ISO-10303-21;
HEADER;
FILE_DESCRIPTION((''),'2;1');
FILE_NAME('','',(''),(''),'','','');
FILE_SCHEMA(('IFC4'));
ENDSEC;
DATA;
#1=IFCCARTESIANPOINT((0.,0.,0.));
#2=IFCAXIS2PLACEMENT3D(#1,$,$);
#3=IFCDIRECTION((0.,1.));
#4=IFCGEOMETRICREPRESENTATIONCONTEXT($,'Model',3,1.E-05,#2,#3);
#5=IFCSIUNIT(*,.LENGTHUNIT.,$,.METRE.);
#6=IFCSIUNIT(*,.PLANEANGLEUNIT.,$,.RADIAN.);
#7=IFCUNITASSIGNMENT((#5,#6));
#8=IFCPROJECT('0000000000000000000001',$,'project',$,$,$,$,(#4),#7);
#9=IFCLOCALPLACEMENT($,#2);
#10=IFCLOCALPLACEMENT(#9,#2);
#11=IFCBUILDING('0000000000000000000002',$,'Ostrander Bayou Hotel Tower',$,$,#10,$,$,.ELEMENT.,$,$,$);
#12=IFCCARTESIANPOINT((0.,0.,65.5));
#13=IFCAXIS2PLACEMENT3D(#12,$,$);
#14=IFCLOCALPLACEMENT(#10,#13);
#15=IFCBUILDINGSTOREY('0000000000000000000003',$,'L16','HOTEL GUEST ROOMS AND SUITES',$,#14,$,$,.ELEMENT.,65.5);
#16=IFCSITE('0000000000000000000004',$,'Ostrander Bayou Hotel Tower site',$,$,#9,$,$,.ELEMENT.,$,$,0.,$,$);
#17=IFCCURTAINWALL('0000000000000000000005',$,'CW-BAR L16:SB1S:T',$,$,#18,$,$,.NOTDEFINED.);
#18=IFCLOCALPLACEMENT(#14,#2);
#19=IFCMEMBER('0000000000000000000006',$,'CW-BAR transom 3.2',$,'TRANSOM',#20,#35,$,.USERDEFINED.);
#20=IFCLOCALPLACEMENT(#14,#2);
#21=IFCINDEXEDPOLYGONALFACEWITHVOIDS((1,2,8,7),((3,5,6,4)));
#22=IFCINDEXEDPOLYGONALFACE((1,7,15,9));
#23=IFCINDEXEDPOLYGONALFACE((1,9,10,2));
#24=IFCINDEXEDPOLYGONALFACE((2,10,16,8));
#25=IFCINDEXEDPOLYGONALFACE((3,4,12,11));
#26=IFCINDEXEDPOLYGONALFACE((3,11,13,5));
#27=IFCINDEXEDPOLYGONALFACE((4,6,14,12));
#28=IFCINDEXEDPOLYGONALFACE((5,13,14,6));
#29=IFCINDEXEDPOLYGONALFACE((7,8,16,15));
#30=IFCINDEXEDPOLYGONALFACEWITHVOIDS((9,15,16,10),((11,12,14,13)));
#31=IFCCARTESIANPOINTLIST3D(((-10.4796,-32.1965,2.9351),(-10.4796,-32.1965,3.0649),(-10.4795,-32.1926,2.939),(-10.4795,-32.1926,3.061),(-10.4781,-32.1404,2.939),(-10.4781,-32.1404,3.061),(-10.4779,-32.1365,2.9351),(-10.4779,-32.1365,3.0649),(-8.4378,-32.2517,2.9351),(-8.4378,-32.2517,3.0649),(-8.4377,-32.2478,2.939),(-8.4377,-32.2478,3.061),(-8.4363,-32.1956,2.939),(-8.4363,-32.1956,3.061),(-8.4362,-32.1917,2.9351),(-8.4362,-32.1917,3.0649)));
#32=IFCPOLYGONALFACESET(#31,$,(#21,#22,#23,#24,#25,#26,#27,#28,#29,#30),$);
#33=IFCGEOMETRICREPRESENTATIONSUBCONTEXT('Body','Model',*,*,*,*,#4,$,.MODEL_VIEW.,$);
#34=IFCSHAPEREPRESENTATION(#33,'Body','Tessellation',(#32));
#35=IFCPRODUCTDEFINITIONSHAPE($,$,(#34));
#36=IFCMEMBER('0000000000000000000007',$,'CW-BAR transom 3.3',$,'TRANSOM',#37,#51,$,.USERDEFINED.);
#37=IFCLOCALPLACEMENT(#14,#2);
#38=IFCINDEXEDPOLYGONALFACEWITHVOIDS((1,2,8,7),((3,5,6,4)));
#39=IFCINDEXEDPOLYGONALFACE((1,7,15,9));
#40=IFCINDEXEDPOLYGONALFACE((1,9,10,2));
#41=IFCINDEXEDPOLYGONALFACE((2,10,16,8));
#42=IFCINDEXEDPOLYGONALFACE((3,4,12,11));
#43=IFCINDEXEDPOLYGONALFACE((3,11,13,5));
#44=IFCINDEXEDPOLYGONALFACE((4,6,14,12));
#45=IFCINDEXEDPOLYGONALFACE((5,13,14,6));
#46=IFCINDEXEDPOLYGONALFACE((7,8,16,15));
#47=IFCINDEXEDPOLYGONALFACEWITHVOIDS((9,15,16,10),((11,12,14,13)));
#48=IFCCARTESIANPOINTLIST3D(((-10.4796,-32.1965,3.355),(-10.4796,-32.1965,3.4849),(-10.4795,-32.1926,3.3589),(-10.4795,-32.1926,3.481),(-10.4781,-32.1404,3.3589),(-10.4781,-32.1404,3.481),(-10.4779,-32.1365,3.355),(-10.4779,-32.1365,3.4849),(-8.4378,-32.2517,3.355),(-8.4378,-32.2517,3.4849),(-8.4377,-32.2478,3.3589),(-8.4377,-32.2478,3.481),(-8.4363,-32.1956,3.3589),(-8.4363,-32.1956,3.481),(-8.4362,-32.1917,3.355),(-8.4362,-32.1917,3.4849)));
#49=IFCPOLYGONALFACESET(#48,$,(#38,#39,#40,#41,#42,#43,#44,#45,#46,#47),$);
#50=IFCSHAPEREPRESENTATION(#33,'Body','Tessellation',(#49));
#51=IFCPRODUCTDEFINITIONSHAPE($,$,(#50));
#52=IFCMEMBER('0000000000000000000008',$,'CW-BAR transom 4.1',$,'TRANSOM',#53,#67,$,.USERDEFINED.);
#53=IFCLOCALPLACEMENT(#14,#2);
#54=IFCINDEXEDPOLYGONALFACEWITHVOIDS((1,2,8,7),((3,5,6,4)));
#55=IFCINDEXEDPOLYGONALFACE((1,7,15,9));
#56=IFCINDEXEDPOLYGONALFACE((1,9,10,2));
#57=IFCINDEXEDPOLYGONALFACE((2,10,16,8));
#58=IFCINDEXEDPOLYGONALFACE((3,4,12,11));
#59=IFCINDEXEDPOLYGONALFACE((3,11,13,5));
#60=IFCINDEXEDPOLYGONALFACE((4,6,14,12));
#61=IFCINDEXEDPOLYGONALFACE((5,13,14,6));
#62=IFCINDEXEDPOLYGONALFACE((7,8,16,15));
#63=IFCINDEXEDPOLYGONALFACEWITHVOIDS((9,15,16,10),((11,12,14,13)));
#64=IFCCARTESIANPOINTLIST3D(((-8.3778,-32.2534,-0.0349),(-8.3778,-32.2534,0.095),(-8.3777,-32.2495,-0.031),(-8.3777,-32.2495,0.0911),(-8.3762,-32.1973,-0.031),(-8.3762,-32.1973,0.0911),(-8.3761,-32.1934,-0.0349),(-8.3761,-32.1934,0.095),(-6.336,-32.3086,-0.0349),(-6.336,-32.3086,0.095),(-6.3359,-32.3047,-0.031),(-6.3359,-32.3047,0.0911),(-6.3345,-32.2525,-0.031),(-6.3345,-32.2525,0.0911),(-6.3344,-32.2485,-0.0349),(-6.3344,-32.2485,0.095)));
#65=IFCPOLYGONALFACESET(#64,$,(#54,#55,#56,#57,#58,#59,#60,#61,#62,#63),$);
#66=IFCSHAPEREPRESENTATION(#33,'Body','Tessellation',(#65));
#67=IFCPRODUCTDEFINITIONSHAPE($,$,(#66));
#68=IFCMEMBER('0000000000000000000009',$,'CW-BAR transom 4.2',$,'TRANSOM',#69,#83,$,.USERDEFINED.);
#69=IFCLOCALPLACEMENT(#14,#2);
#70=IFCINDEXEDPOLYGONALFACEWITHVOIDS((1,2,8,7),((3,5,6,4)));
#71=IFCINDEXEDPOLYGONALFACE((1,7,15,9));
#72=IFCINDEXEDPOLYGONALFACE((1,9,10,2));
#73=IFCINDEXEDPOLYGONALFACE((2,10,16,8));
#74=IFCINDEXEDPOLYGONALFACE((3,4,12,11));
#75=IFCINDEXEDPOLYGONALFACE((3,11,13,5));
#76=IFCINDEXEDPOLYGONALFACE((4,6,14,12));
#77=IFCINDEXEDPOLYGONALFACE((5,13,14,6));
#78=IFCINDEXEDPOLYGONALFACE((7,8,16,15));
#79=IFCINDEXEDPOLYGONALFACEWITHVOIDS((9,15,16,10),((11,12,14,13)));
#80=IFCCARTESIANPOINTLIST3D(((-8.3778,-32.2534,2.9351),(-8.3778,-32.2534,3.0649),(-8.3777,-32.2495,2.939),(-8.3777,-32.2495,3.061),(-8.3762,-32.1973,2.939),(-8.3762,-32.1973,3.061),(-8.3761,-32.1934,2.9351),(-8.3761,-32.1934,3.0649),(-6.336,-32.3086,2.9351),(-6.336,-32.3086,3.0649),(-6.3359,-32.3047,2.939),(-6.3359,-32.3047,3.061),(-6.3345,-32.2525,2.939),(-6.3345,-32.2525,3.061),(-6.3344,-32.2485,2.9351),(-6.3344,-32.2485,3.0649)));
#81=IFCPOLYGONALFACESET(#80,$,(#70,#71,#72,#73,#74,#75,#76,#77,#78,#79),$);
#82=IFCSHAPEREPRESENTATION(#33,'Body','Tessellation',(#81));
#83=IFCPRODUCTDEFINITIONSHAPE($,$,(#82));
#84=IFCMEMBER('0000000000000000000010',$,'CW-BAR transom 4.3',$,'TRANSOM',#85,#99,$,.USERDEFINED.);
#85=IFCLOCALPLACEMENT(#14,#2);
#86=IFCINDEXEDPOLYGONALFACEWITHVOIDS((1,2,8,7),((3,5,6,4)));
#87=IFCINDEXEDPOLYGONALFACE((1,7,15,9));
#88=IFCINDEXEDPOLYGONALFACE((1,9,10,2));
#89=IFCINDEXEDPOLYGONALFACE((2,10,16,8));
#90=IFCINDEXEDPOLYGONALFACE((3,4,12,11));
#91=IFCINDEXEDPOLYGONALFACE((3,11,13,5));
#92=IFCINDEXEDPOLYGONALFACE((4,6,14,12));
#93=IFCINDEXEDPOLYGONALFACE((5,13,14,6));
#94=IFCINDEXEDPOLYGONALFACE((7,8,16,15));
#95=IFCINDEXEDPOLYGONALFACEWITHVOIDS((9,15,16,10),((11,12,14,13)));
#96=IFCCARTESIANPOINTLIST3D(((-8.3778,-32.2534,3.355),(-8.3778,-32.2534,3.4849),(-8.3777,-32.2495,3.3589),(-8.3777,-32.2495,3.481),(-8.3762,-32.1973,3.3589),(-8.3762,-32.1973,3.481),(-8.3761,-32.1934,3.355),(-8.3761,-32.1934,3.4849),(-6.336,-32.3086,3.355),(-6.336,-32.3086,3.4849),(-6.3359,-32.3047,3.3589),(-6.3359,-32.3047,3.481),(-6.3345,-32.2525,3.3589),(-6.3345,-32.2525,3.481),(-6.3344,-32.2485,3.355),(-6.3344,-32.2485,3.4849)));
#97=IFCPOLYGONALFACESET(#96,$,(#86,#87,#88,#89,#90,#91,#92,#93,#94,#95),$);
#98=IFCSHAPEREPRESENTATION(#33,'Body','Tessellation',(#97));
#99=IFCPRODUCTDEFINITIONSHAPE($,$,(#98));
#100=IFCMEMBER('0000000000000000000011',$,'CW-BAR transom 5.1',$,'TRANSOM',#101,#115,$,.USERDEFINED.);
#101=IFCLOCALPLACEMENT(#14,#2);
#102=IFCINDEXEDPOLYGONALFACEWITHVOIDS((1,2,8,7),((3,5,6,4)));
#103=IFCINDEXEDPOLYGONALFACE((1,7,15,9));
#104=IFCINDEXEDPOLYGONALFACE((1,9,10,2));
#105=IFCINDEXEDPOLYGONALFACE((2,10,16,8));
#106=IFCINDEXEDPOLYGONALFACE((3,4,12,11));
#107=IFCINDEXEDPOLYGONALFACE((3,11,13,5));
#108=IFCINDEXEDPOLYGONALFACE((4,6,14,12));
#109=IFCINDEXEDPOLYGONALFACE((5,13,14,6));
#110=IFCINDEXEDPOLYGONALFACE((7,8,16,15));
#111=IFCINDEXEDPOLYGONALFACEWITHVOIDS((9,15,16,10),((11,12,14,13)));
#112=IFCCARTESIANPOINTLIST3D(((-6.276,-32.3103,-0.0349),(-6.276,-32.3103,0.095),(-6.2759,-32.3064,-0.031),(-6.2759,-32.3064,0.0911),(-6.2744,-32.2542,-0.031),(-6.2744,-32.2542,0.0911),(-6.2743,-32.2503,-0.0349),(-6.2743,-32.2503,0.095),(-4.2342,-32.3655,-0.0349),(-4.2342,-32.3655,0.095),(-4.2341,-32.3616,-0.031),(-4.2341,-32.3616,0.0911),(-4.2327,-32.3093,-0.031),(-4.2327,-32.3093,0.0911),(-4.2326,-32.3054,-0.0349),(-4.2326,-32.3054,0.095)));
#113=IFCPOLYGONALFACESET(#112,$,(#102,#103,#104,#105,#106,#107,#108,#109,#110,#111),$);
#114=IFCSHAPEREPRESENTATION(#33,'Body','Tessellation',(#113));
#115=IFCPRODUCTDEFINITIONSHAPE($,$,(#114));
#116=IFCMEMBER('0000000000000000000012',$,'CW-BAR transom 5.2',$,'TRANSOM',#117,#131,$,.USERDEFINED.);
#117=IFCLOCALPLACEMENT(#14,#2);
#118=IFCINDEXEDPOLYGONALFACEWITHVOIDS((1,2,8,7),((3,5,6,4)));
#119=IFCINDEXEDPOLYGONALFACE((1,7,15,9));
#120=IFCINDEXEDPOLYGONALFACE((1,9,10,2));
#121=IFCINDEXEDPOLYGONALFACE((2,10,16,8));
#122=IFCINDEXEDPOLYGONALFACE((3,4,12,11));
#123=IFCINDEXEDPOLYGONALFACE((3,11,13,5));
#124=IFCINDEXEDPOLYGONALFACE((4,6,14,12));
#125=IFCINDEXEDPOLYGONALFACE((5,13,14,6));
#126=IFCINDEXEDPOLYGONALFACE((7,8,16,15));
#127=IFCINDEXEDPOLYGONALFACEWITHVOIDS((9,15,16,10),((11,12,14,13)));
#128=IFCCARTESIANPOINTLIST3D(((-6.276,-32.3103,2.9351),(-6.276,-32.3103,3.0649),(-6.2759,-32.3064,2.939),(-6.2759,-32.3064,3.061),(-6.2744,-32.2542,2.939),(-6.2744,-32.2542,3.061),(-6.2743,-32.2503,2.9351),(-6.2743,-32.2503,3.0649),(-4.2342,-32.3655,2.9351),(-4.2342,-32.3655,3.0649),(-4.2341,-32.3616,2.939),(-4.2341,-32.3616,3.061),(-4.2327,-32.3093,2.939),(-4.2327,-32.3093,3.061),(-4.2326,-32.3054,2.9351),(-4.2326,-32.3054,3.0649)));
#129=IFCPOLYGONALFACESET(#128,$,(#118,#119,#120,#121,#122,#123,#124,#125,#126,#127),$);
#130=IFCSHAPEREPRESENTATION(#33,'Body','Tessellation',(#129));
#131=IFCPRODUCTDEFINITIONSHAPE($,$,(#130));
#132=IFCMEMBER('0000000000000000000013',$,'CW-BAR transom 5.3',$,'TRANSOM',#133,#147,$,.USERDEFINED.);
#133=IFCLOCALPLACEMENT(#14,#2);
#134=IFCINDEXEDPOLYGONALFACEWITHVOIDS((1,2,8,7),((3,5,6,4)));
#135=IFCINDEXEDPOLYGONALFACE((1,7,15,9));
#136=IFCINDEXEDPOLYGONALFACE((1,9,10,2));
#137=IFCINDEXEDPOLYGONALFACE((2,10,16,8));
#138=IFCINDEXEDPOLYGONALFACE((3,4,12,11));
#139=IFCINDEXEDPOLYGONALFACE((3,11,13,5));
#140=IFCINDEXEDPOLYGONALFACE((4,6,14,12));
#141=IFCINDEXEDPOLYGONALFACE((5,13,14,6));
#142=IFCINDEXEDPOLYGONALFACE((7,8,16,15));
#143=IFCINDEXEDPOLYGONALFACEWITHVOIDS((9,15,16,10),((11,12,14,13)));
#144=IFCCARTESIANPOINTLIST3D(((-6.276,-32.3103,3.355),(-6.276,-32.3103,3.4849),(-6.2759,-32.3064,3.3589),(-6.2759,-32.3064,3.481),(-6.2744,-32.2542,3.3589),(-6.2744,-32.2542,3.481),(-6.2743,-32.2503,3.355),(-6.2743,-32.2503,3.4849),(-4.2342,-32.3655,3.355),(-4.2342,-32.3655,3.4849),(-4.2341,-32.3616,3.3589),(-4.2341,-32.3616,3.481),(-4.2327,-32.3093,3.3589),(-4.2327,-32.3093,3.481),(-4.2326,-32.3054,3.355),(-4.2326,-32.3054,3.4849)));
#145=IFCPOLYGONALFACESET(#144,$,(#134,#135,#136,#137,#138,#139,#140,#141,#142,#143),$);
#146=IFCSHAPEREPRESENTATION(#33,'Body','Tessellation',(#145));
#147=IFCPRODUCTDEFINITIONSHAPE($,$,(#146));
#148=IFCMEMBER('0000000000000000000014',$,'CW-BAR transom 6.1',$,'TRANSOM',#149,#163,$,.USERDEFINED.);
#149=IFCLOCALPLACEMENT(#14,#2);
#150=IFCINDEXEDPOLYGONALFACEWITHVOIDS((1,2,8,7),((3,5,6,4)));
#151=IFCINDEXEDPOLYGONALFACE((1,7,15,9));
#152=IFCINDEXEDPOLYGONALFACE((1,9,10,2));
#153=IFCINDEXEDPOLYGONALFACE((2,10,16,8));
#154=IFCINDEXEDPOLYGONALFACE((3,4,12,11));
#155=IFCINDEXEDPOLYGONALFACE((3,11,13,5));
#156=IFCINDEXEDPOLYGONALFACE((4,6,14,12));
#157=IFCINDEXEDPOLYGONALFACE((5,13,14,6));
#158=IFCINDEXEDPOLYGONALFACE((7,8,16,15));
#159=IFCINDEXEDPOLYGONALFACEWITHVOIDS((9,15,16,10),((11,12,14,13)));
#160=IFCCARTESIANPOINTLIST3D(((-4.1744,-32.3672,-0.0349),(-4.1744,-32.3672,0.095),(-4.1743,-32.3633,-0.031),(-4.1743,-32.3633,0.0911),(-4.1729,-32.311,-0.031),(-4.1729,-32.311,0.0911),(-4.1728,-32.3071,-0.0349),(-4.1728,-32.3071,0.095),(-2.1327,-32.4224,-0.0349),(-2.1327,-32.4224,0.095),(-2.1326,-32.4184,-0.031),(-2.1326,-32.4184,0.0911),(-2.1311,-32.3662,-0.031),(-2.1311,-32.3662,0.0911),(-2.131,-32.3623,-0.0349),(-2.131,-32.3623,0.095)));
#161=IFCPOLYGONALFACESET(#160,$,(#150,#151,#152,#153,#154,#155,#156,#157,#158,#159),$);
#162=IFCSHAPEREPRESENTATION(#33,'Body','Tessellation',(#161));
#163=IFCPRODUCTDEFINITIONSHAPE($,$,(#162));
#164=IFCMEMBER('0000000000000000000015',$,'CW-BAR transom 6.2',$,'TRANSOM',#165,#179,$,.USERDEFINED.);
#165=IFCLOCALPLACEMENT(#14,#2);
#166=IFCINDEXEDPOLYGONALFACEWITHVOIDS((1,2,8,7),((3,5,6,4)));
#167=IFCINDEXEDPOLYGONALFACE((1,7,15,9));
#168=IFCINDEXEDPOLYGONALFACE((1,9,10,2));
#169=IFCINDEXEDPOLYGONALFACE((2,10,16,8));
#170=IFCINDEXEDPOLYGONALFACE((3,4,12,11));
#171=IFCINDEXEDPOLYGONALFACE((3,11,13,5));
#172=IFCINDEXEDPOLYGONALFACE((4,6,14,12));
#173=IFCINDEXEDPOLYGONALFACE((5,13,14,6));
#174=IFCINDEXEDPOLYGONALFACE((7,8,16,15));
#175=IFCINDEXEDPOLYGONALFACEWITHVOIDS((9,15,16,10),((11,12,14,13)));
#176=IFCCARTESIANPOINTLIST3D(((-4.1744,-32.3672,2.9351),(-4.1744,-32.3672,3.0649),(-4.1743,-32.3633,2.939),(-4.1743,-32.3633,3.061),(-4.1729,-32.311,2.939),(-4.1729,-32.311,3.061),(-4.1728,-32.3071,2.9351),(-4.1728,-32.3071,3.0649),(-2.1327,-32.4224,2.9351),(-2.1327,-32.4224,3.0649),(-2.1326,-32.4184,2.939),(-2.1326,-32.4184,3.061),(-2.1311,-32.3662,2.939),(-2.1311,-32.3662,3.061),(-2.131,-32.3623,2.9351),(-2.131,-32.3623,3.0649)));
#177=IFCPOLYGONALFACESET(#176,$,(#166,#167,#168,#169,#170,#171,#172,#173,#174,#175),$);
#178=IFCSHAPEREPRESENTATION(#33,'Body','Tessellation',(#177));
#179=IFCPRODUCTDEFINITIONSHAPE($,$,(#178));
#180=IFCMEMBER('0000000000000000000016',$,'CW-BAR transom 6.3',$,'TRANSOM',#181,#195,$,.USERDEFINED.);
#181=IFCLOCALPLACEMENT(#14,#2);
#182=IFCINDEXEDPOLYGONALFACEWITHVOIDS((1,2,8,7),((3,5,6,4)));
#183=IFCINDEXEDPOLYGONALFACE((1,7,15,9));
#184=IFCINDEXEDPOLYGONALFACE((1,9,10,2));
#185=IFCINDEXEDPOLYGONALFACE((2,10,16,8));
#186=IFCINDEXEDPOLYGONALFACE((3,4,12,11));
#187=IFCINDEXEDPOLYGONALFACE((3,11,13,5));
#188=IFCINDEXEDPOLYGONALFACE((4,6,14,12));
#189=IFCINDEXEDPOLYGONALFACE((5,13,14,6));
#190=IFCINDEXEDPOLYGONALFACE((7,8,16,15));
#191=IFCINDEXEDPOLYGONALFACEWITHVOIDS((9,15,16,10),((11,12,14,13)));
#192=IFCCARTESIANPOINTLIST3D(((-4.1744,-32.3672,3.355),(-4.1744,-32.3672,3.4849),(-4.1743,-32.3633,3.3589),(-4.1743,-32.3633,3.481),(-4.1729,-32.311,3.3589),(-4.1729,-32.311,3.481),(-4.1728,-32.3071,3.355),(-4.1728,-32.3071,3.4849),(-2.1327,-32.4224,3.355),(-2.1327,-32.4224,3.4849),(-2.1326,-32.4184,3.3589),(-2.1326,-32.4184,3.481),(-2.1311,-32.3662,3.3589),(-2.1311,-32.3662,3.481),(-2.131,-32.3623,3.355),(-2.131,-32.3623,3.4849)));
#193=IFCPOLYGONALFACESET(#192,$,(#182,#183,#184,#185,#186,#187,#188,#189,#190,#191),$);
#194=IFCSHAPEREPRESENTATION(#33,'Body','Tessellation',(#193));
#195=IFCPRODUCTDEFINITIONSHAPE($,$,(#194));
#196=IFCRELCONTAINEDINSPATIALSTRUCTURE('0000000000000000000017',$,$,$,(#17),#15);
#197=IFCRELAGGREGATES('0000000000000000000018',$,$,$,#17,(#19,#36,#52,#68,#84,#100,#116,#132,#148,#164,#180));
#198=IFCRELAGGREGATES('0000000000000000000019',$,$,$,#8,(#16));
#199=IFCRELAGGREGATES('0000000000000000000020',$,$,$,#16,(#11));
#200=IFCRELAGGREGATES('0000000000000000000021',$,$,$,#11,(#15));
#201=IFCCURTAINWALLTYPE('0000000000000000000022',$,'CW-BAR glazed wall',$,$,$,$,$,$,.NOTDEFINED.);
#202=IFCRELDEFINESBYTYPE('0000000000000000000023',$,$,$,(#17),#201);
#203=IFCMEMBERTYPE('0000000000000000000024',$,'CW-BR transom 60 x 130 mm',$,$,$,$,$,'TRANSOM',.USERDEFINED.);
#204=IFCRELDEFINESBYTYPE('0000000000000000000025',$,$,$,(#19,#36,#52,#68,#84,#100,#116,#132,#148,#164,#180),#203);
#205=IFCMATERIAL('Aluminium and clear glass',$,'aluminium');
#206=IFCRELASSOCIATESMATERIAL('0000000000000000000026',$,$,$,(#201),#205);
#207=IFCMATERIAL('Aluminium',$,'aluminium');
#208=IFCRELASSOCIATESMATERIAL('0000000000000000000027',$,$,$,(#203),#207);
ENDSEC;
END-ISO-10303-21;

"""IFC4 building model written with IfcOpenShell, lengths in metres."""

from ifc_helpers import new_model, si_unit, direction, frame, origin, origin_2d, place, context, subcontext, project, spatial, hollow_rectangle, extrude, material, material_profile, profile_set, type_object, element, aggregate, save


model = new_model("IFC4")

# Units and contexts
model_context = context("Model", 3, precision=1e-05, world=origin(), true_north=direction((0.0, 1.0)))
body_context = subcontext(model_context, "Body", "Model", "MODEL_VIEW")
ifc_project = project(units=[si_unit("LENGTHUNIT", "METRE"), si_unit("PLANEANGLEUNIT", "RADIAN")], contexts=[model_context])

# Site, building, storey
site_placement = place(None, origin())
site = spatial("IfcSite", under=ifc_project, at=site_placement, Name="Ostrander Bayou Hotel Tower site", CompositionType="ELEMENT", RefElevation=0.0)
building_placement = place(site_placement, origin())
building = spatial("IfcBuilding", under=site, at=building_placement, Name="Ostrander Bayou Hotel Tower", CompositionType="ELEMENT")
storey_placement = place(building_placement, frame((0.0, 0.0, 65.5)))
storey = spatial("IfcBuildingStorey", under=building, at=storey_placement, Name="L16", Description="HOTEL GUEST ROOMS AND SUITES", CompositionType="ELEMENT", Elevation=65.5)

# Curtain wall, members
ifc_material_1 = material(Name="Aluminium and clear glass", Category="aluminium")
curtain_wall_type = type_object("IfcCurtainWallType", Name="CW-BAR glazed wall", PredefinedType="NOTDEFINED", material=ifc_material_1)
curtain_wall_placement = place(storey_placement, origin())
curtain_wall = element("IfcCurtainWall", 1, at=curtain_wall_placement, inside=storey, type_object=curtain_wall_type, Name="CW-BAR L16:SB1S:T", PredefinedType="NOTDEFINED")
ifc_material_2 = material(Name="Aluminium", Category="aluminium")
ifc_material_profile_1 = material_profile(ifc_material_2, hollow_rectangle(XDim=0.0601, YDim=0.1299, WallThickness=0.0039, at=origin_2d()))
ifc_profile_set_1 = profile_set([ifc_material_profile_1], Name="Aluminium")
member_type_1 = type_object("IfcMemberType", Name="CW-BR transom 60 x 130 mm", ElementType="TRANSOM", PredefinedType="USERDEFINED", material=ifc_profile_set_1)
member_1_placement = place(storey_placement, frame((-10.4788, -32.1665, 3.0), z_axis=(0.999635, -0.027014, 0.0), x_axis=(0.027014, 0.999635, 0.0)))
member_1 = element("IfcMember", 2, at=member_1_placement, type_object=member_type_1, Name="CW-BAR transom 3.2", ObjectType="TRANSOM", PredefinedType="USERDEFINED", context=body_context, shape_type="SweptSolid", body=[
    extrude(hollow_rectangle(XDim=0.0601, YDim=0.1299, WallThickness=0.0039, at=origin_2d()), origin(), (0.0, 0.0, 1.0), 2.0425),
])
member_2_placement = place(storey_placement, frame((-10.4788, -32.1665, 3.4199), z_axis=(0.999635, -0.027014, 0.0), x_axis=(0.027014, 0.999635, 0.0)))
member_2 = element("IfcMember", 3, at=member_2_placement, type_object=member_type_1, Name="CW-BAR transom 3.3", ObjectType="TRANSOM", PredefinedType="USERDEFINED", context=body_context, shape_type="SweptSolid", body=[
    extrude(hollow_rectangle(XDim=0.0601, YDim=0.1299, WallThickness=0.0039, at=origin_2d()), origin(), (0.0, 0.0, 1.0), 2.0425),
])
member_3_placement = place(storey_placement, frame((-8.377, -32.2234, 0.03), z_axis=(0.999635, -0.027014, 0.0), x_axis=(0.027014, 0.999635, 0.0)))
member_3 = element("IfcMember", 4, at=member_3_placement, type_object=member_type_1, Name="CW-BAR transom 4.1", ObjectType="TRANSOM", PredefinedType="USERDEFINED", context=body_context, shape_type="SweptSolid", body=[
    extrude(hollow_rectangle(XDim=0.0601, YDim=0.1299, WallThickness=0.0039, at=origin_2d()), origin(), (0.0, 0.0, 1.0), 2.0425),
])
member_4_placement = place(storey_placement, frame((-8.377, -32.2234, 3.0), z_axis=(0.999635, -0.027014, 0.0), x_axis=(0.027014, 0.999635, 0.0)))
member_4 = element("IfcMember", 5, at=member_4_placement, type_object=member_type_1, Name="CW-BAR transom 4.2", ObjectType="TRANSOM", PredefinedType="USERDEFINED", context=body_context, shape_type="SweptSolid", body=[
    extrude(hollow_rectangle(XDim=0.0601, YDim=0.1299, WallThickness=0.0039, at=origin_2d()), origin(), (0.0, 0.0, 1.0), 2.0425),
])
member_5_placement = place(storey_placement, frame((-8.377, -32.2234, 3.4199), z_axis=(0.999635, -0.027014, 0.0), x_axis=(0.027014, 0.999635, 0.0)))
member_5 = element("IfcMember", 6, at=member_5_placement, type_object=member_type_1, Name="CW-BAR transom 4.3", ObjectType="TRANSOM", PredefinedType="USERDEFINED", context=body_context, shape_type="SweptSolid", body=[
    extrude(hollow_rectangle(XDim=0.0601, YDim=0.1299, WallThickness=0.0039, at=origin_2d()), origin(), (0.0, 0.0, 1.0), 2.0425),
])
member_6_placement = place(storey_placement, frame((-6.2751, -32.2803, 0.03), z_axis=(0.999635, -0.027014, 0.0), x_axis=(0.027014, 0.999635, 0.0)))
member_6 = element("IfcMember", 7, at=member_6_placement, type_object=member_type_1, Name="CW-BAR transom 5.1", ObjectType="TRANSOM", PredefinedType="USERDEFINED", context=body_context, shape_type="SweptSolid", body=[
    extrude(hollow_rectangle(XDim=0.0601, YDim=0.1299, WallThickness=0.0039, at=origin_2d()), origin(), (0.0, 0.0, 1.0), 2.0425),
])
member_7_placement = place(storey_placement, frame((-6.2751, -32.2803, 3.0), z_axis=(0.999635, -0.027014, 0.0), x_axis=(0.027014, 0.999635, 0.0)))
member_7 = element("IfcMember", 8, at=member_7_placement, type_object=member_type_1, Name="CW-BAR transom 5.2", ObjectType="TRANSOM", PredefinedType="USERDEFINED", context=body_context, shape_type="SweptSolid", body=[
    extrude(hollow_rectangle(XDim=0.0601, YDim=0.1299, WallThickness=0.0039, at=origin_2d()), origin(), (0.0, 0.0, 1.0), 2.0425),
])
member_8_placement = place(storey_placement, frame((-6.2751, -32.2803, 3.4199), z_axis=(0.999635, -0.027014, 0.0), x_axis=(0.027014, 0.999635, 0.0)))
member_8 = element("IfcMember", 9, at=member_8_placement, type_object=member_type_1, Name="CW-BAR transom 5.3", ObjectType="TRANSOM", PredefinedType="USERDEFINED", context=body_context, shape_type="SweptSolid", body=[
    extrude(hollow_rectangle(XDim=0.0601, YDim=0.1299, WallThickness=0.0039, at=origin_2d()), origin(), (0.0, 0.0, 1.0), 2.0425),
])
member_9_placement = place(storey_placement, frame((-4.1736, -32.3372, 0.03), z_axis=(0.999635, -0.027014, 0.0), x_axis=(0.027014, 0.999635, 0.0)))
member_9 = element("IfcMember", 10, at=member_9_placement, type_object=member_type_1, Name="CW-BAR transom 6.1", ObjectType="TRANSOM", PredefinedType="USERDEFINED", context=body_context, shape_type="SweptSolid", body=[
    extrude(hollow_rectangle(XDim=0.0601, YDim=0.1299, WallThickness=0.0039, at=origin_2d()), origin(), (0.0, 0.0, 1.0), 2.0425),
])
member_10_placement = place(storey_placement, frame((-4.1736, -32.3372, 3.0), z_axis=(0.999635, -0.027014, 0.0), x_axis=(0.027014, 0.999635, 0.0)))
member_10 = element("IfcMember", 11, at=member_10_placement, type_object=member_type_1, Name="CW-BAR transom 6.2", ObjectType="TRANSOM", PredefinedType="USERDEFINED", context=body_context, shape_type="SweptSolid", body=[
    extrude(hollow_rectangle(XDim=0.0601, YDim=0.1299, WallThickness=0.0039, at=origin_2d()), origin(), (0.0, 0.0, 1.0), 2.0425),
])
member_11_placement = place(storey_placement, frame((-4.1736, -32.3372, 3.4199), z_axis=(0.999635, -0.027014, 0.0), x_axis=(0.027014, 0.999635, 0.0)))
member_11 = element("IfcMember", 12, at=member_11_placement, type_object=member_type_1, Name="CW-BAR transom 6.3", ObjectType="TRANSOM", PredefinedType="USERDEFINED", context=body_context, shape_type="SweptSolid", body=[
    extrude(hollow_rectangle(XDim=0.0601, YDim=0.1299, WallThickness=0.0039, at=origin_2d()), origin(), (0.0, 0.0, 1.0), 2.0425),
])
aggregate(curtain_wall, [member_1, member_2, member_3, member_4, member_5, member_6, member_7, member_8, member_9, member_10, member_11])

save(model, "model.ifc")
